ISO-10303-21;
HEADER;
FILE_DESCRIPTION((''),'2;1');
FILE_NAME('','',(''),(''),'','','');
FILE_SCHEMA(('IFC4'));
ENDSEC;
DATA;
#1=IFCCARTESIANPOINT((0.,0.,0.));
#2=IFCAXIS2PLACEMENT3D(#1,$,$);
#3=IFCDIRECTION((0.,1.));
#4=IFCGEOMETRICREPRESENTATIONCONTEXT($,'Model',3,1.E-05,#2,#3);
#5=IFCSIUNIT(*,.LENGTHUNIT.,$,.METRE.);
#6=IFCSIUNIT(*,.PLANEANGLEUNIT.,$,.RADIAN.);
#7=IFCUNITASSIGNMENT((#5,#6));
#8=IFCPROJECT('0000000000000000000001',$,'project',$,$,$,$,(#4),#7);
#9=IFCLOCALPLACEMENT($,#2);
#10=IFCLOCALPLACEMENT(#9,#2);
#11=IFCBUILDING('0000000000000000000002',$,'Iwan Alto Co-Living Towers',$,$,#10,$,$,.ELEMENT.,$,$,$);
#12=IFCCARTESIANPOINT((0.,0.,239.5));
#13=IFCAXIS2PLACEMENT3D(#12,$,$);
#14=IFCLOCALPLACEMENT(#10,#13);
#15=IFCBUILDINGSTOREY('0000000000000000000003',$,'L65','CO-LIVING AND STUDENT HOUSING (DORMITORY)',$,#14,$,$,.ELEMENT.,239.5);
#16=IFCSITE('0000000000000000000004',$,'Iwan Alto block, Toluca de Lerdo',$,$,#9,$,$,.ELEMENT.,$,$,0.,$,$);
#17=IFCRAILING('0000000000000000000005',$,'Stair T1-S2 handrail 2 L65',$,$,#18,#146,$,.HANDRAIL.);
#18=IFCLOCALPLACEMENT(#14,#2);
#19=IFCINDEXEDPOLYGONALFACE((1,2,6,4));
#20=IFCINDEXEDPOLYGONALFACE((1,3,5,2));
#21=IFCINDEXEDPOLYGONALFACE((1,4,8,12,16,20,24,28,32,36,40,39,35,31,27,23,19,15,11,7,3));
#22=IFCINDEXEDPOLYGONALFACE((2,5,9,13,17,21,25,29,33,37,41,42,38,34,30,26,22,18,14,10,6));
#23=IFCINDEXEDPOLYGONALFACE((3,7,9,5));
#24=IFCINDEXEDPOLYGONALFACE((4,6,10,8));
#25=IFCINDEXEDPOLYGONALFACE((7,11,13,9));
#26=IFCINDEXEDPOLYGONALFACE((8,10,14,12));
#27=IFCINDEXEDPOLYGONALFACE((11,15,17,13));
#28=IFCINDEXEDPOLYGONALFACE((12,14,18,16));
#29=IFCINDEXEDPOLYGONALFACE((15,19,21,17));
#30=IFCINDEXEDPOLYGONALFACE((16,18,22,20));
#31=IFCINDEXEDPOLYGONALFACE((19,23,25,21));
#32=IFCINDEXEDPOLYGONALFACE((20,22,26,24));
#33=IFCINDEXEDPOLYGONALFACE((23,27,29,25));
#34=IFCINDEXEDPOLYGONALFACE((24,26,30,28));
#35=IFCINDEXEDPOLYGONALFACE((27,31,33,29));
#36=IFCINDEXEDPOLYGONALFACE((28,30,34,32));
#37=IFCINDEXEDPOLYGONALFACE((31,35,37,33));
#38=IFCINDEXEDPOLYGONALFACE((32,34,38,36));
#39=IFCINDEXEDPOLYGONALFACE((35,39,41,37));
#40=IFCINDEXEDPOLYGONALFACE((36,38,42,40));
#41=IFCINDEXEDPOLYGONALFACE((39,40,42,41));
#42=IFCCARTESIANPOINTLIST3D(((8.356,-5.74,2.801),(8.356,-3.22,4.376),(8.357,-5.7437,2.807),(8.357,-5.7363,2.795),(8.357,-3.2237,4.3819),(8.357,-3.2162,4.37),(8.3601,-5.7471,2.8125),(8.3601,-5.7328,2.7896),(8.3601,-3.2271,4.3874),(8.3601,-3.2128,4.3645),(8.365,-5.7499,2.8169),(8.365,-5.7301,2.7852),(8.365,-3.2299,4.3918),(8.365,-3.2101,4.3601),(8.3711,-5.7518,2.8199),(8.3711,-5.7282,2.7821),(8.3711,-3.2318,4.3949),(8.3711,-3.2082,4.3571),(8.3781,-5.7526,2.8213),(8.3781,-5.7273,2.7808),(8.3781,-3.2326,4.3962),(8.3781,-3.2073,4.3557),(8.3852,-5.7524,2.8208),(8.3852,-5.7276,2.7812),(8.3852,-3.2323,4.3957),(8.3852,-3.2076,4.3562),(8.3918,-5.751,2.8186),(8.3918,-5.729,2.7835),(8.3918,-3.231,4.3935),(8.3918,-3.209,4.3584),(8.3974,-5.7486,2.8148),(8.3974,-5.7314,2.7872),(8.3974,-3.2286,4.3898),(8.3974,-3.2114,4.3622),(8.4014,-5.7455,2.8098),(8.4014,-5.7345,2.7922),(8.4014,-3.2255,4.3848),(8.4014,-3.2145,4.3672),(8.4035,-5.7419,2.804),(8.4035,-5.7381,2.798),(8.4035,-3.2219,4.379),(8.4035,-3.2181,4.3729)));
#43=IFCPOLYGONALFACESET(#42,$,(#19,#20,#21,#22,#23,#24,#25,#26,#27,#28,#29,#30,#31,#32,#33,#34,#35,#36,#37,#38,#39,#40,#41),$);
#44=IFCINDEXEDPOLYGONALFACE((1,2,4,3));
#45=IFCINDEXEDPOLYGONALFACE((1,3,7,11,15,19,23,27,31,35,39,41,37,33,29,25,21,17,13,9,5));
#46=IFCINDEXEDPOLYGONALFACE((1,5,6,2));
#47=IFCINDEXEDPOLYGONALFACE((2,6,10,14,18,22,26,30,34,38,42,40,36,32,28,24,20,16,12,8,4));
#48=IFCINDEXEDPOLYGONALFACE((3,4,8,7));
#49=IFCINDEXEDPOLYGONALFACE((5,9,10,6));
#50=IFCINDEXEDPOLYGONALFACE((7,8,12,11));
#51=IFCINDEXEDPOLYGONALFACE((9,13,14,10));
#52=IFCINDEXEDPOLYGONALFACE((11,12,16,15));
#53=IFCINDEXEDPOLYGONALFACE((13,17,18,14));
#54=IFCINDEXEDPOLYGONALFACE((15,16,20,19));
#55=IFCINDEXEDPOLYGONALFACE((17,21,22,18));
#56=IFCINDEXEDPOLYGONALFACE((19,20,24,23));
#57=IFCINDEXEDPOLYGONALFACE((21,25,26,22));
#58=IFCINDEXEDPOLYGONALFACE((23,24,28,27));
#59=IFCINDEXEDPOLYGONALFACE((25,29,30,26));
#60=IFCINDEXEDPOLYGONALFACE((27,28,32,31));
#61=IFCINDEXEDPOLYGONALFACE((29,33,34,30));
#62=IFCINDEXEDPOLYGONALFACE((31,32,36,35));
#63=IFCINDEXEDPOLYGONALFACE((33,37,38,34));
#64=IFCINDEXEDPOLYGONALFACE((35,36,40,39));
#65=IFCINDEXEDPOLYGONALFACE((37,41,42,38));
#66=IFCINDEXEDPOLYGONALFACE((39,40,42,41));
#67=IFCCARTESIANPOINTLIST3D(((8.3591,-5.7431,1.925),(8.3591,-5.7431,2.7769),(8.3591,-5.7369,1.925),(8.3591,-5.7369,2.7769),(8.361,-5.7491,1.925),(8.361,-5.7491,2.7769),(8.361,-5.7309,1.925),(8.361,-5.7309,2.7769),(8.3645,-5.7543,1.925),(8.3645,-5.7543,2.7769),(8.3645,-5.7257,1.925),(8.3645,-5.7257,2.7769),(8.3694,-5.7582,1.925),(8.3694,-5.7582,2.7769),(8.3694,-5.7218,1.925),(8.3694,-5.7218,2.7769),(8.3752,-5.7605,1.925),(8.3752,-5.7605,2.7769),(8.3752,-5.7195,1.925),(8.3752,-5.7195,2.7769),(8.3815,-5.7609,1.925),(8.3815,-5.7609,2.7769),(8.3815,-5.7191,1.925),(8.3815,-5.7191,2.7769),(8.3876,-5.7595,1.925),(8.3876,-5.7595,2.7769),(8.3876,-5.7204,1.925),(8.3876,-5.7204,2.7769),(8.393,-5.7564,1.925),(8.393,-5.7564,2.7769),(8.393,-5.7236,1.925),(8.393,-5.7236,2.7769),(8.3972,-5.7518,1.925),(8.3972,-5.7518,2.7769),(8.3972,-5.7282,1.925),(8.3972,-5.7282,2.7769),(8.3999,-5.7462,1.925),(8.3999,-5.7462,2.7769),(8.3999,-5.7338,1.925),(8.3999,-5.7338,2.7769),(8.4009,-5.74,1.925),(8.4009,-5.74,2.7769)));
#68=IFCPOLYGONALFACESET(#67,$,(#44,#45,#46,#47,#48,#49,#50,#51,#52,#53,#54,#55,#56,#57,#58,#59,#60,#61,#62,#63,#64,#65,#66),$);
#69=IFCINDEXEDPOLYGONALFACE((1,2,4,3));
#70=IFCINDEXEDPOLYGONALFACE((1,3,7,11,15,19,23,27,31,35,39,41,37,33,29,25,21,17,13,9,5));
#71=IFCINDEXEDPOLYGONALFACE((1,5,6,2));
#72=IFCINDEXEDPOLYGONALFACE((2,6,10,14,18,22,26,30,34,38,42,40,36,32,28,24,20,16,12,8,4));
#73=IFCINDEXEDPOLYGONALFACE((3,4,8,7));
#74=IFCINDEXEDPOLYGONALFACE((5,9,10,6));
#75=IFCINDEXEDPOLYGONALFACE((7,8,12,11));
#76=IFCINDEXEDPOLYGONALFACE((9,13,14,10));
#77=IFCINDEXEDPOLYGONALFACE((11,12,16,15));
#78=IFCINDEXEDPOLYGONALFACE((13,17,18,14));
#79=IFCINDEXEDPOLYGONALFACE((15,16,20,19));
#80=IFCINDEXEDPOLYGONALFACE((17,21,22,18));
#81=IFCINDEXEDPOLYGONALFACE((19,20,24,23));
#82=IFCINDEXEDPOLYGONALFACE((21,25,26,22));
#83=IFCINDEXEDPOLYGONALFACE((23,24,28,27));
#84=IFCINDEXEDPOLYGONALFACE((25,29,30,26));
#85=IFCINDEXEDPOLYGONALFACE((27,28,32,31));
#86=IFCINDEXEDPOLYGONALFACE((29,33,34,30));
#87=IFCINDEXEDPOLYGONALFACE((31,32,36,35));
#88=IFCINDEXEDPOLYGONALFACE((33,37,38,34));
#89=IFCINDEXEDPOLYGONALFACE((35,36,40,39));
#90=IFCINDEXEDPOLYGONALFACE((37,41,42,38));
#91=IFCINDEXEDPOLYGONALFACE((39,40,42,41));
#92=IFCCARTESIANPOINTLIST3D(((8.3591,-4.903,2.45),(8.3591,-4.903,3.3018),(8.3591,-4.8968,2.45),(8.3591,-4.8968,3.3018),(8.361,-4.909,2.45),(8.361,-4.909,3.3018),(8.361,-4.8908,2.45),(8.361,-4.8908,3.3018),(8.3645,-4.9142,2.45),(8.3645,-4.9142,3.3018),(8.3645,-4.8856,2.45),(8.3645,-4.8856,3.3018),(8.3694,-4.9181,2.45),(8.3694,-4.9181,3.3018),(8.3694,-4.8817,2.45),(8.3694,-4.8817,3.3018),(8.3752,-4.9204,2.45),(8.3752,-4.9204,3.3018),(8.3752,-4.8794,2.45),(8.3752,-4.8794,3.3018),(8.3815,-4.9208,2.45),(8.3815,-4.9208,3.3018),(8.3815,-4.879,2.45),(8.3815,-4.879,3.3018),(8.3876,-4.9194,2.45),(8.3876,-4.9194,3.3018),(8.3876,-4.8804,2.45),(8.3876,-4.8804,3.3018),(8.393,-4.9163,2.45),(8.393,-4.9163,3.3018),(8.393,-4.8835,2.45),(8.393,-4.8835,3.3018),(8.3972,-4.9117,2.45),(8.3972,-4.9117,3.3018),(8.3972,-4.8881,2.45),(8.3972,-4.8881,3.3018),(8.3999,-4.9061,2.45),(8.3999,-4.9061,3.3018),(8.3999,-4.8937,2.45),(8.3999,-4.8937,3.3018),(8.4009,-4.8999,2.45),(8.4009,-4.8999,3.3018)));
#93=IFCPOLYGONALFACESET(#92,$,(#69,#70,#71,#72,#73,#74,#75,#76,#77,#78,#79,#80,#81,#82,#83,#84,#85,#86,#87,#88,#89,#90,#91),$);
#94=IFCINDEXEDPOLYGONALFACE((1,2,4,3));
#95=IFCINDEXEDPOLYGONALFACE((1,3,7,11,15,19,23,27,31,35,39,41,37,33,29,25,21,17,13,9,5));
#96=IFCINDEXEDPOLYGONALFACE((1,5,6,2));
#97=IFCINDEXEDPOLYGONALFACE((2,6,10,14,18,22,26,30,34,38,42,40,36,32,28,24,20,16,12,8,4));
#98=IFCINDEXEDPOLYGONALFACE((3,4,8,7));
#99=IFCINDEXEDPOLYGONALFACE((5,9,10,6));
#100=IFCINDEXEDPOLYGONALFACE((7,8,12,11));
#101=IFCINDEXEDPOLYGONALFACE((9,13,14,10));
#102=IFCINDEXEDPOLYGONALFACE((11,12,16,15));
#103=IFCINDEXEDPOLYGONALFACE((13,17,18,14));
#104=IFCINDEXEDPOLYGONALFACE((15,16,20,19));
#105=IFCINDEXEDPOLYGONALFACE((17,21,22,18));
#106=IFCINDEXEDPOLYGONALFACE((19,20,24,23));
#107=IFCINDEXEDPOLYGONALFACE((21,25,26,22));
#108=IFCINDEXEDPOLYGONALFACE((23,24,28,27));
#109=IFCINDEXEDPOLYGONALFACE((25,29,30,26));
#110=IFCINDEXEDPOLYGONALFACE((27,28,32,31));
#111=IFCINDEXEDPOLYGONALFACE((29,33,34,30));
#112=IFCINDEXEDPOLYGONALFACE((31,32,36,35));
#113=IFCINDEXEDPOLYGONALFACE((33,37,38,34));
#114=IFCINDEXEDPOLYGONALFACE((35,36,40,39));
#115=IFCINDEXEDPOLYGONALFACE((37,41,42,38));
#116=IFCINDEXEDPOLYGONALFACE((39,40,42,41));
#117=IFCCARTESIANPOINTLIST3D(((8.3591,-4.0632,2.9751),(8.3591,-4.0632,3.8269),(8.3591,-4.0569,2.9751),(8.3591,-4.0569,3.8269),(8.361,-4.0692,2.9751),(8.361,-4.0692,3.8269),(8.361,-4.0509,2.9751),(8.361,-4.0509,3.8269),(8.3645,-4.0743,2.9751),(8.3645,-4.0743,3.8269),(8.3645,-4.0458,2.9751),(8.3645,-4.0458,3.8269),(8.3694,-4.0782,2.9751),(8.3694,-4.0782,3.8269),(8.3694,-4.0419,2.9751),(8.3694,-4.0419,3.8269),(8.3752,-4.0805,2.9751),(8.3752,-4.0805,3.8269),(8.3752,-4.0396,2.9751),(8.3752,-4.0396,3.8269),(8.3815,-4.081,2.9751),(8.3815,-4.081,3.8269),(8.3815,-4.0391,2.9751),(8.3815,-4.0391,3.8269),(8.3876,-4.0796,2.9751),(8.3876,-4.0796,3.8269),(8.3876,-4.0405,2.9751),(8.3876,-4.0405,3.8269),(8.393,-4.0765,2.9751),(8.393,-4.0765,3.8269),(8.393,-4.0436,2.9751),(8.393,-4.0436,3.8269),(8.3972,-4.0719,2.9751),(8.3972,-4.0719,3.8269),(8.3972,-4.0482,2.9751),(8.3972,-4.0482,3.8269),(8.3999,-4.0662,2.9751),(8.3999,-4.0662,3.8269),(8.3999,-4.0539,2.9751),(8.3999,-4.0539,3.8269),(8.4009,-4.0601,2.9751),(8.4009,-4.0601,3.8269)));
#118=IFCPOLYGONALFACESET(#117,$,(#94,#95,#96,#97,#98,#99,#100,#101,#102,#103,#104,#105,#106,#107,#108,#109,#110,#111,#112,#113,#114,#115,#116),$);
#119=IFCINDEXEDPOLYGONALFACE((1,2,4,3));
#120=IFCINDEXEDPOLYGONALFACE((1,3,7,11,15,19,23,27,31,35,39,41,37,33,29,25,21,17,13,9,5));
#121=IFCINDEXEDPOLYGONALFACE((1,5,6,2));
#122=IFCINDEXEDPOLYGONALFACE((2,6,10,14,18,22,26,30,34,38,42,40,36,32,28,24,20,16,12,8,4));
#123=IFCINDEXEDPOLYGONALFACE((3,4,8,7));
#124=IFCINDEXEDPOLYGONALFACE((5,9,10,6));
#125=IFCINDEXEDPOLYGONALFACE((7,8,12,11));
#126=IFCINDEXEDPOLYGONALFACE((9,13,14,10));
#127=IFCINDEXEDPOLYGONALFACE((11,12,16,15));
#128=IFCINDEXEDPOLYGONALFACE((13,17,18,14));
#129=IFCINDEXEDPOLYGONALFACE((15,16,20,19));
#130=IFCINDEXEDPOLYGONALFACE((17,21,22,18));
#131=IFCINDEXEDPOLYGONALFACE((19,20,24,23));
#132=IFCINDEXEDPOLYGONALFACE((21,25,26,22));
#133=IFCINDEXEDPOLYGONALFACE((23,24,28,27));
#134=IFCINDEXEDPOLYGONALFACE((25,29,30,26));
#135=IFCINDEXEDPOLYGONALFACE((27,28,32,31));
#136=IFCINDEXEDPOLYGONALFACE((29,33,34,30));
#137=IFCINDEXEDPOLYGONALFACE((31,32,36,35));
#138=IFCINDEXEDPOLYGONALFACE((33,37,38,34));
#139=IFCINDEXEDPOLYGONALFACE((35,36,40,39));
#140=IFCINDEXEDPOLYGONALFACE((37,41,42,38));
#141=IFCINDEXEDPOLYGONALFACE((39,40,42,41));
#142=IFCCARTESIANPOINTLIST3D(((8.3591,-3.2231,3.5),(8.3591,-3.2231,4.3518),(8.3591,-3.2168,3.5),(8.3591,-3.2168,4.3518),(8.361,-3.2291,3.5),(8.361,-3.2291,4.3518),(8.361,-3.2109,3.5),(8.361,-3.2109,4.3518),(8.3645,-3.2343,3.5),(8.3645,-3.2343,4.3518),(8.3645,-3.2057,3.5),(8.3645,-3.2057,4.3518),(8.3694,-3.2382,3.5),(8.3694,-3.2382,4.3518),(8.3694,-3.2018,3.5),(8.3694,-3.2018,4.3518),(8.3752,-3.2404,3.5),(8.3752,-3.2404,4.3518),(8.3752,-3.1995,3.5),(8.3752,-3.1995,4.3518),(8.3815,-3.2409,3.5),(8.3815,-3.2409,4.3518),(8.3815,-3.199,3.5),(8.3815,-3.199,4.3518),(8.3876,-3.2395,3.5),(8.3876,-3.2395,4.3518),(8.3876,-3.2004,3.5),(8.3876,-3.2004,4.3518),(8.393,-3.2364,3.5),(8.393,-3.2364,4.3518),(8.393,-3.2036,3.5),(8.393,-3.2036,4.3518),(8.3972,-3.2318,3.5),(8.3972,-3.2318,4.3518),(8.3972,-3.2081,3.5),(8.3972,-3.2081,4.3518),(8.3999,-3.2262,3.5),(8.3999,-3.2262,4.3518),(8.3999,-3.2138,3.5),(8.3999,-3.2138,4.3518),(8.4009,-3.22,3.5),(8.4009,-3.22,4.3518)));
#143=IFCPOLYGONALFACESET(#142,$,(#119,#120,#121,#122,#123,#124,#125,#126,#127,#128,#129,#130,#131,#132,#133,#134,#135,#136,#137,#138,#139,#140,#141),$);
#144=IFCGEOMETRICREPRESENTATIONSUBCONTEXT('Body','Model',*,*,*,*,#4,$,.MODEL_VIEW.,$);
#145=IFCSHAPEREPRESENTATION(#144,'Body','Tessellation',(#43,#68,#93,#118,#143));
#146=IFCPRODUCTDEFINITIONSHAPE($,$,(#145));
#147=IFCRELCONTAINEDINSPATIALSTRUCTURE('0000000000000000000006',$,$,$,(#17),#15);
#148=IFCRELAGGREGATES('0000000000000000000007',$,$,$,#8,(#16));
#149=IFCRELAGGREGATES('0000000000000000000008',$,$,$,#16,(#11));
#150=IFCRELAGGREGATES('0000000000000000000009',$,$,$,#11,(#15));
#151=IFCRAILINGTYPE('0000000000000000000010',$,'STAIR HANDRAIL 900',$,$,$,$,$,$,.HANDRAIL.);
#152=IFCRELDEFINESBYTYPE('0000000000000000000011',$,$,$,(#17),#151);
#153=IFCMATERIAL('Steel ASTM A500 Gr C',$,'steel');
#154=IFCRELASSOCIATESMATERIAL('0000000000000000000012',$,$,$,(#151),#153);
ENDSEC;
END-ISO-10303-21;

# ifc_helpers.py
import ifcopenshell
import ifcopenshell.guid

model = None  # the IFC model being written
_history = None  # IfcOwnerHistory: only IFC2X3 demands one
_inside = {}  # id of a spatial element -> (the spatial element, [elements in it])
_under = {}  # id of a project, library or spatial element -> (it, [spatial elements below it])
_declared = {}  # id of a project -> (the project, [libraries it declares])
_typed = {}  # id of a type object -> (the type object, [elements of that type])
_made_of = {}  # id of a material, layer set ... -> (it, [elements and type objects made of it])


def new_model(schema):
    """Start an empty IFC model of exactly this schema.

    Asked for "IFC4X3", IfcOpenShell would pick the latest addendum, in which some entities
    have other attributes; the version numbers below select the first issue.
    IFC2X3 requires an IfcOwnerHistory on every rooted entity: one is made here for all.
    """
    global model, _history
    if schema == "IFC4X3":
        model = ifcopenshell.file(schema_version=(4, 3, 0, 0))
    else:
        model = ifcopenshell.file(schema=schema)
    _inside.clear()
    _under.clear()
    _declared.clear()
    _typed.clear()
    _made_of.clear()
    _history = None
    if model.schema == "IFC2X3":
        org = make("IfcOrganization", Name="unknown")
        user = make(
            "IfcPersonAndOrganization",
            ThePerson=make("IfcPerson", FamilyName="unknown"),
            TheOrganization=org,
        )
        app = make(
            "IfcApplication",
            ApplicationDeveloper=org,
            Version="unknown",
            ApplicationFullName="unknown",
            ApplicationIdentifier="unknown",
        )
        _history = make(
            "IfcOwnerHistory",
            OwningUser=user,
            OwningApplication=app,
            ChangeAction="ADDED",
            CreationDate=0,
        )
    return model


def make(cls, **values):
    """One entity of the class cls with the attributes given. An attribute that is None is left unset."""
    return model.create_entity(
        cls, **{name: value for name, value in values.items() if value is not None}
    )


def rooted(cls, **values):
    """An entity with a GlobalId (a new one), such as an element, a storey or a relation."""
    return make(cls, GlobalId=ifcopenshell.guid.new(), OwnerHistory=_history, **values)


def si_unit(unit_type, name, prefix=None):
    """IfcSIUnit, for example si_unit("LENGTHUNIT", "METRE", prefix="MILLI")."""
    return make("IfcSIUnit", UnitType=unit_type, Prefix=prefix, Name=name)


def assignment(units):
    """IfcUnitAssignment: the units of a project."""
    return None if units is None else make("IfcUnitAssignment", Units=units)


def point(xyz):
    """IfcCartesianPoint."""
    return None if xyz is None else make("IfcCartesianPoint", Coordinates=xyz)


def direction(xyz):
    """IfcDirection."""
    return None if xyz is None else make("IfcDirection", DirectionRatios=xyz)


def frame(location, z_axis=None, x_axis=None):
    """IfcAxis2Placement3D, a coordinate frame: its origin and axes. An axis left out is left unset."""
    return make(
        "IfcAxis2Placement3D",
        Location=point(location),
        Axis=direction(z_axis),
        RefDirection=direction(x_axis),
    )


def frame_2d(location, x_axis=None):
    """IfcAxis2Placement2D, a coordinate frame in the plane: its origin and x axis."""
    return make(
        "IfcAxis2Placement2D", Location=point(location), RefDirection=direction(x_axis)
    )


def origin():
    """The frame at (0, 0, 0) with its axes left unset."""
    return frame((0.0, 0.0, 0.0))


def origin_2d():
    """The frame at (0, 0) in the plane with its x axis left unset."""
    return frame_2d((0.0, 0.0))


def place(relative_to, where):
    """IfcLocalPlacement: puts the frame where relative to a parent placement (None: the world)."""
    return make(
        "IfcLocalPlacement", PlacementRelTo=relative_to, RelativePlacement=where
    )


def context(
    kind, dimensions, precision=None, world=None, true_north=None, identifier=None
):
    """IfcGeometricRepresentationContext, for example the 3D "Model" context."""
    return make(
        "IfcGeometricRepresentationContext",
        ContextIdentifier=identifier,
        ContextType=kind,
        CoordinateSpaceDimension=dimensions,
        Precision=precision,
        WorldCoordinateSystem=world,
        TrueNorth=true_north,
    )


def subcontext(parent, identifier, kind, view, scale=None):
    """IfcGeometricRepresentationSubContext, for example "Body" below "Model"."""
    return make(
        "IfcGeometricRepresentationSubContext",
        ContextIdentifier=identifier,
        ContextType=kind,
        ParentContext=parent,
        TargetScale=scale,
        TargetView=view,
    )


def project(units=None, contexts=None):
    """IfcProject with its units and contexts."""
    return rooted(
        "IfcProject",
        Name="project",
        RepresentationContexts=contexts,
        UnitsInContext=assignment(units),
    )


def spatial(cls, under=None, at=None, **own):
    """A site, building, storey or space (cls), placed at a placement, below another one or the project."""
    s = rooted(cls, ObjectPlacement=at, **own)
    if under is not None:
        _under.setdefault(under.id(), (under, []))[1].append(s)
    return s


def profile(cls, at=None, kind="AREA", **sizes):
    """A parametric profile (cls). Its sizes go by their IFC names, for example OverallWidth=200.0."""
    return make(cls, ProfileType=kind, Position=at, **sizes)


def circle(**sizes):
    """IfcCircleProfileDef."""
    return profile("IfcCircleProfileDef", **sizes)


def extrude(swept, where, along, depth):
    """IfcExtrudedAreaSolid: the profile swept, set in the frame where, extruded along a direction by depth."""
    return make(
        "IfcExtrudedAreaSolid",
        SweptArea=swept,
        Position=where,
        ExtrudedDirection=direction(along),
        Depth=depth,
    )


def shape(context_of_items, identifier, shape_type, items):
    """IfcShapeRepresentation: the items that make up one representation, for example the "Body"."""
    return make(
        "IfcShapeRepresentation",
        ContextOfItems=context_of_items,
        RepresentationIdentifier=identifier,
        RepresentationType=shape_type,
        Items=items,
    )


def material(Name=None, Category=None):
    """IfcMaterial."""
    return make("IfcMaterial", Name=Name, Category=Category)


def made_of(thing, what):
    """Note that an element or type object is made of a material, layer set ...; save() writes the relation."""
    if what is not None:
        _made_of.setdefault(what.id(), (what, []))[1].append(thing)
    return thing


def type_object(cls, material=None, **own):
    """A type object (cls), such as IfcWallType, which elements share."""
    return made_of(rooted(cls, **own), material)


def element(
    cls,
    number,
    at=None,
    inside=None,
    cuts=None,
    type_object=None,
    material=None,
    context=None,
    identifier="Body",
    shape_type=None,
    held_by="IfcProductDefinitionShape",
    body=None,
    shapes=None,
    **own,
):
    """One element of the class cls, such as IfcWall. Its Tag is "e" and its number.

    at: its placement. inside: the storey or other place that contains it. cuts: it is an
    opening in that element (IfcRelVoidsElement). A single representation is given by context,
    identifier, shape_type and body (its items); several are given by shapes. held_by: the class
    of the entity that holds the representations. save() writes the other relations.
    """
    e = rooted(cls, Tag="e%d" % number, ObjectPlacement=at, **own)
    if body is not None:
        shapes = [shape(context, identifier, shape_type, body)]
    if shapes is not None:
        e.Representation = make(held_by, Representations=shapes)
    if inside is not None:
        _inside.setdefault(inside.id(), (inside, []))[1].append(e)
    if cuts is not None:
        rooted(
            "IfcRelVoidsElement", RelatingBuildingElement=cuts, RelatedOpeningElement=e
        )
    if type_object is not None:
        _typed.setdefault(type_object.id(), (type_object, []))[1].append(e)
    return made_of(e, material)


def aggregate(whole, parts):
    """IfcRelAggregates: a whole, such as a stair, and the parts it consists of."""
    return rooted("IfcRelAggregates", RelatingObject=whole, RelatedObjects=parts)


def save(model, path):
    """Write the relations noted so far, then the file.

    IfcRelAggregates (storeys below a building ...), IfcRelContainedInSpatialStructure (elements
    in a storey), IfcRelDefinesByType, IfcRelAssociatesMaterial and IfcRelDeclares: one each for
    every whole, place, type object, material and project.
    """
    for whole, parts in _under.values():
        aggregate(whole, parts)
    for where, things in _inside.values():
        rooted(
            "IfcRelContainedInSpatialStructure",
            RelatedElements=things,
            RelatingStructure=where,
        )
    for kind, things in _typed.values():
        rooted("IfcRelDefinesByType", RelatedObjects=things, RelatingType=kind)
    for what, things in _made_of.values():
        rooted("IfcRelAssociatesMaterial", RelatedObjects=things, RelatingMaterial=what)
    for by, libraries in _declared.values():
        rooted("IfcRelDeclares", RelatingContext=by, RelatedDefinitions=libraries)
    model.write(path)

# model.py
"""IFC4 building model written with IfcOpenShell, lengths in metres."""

from ifc_helpers import new_model, si_unit, direction, frame, origin, origin_2d, place, context, subcontext, project, spatial, circle, extrude, material, type_object, element, save


model = new_model("IFC4")

# Units and contexts
model_context = context("Model", 3, precision=1e-05, world=origin(), true_north=direction((0.0, 1.0)))
body_context = subcontext(model_context, "Body", "Model", "MODEL_VIEW")
ifc_project = project(units=[si_unit("LENGTHUNIT", "METRE"), si_unit("PLANEANGLEUNIT", "RADIAN")], contexts=[model_context])

# Site, building, storey
site_placement = place(None, origin())
site = spatial("IfcSite", under=ifc_project, at=site_placement, Name="Iwan Alto block, Toluca de Lerdo", CompositionType="ELEMENT", RefElevation=0.0)
building_placement = place(site_placement, origin())
building = spatial("IfcBuilding", under=site, at=building_placement, Name="Iwan Alto Co-Living Towers", CompositionType="ELEMENT")
storey_placement = place(building_placement, frame((0.0, 0.0, 239.5)))
storey = spatial("IfcBuildingStorey", under=building, at=storey_placement, Name="L65", Description="CO-LIVING AND STUDENT HOUSING (DORMITORY)", CompositionType="ELEMENT", Elevation=239.5)

# Railing
ifc_material_1 = material(Name="Steel ASTM A500 Gr C", Category="steel")
railing_type_1 = type_object("IfcRailingType", Name="STAIR HANDRAIL 900", PredefinedType="HANDRAIL", material=ifc_material_1)
railing_1_placement = place(storey_placement, frame((8.3799, -5.74, 1.925)))
element("IfcRailing", 1, at=railing_1_placement, inside=storey, type_object=railing_type_1, Name="Stair T1-S2 handrail 2 L65", PredefinedType="HANDRAIL", context=body_context, shape_type="SweptSolid", body=[
    extrude(circle(Radius=0.0239, at=origin_2d()), frame((0.0, 0.0, 0.876), z_axis=(0.0, 0.848008, 0.529984), x_axis=(-1.0, 0.0, 0.0)), (0.0, 0.0, 1.0), 2.9717),
    extrude(circle(Radius=0.021, at=origin_2d()), origin(), (0.0, 0.0, 1.0), 0.8518),
    extrude(circle(Radius=0.021, at=origin_2d()), frame((0.0, 0.8401, 0.5249)), (0.0, 0.0, 1.0), 0.8518),
    extrude(circle(Radius=0.021, at=origin_2d()), frame((0.0, 1.6799, 1.05)), (0.0, 0.0, 1.0), 0.8518),
    extrude(circle(Radius=0.021, at=origin_2d()), frame((0.0, 2.52, 1.575)), (0.0, 0.0, 1.0), 0.8518),
])

save(model, "model.ifc")
